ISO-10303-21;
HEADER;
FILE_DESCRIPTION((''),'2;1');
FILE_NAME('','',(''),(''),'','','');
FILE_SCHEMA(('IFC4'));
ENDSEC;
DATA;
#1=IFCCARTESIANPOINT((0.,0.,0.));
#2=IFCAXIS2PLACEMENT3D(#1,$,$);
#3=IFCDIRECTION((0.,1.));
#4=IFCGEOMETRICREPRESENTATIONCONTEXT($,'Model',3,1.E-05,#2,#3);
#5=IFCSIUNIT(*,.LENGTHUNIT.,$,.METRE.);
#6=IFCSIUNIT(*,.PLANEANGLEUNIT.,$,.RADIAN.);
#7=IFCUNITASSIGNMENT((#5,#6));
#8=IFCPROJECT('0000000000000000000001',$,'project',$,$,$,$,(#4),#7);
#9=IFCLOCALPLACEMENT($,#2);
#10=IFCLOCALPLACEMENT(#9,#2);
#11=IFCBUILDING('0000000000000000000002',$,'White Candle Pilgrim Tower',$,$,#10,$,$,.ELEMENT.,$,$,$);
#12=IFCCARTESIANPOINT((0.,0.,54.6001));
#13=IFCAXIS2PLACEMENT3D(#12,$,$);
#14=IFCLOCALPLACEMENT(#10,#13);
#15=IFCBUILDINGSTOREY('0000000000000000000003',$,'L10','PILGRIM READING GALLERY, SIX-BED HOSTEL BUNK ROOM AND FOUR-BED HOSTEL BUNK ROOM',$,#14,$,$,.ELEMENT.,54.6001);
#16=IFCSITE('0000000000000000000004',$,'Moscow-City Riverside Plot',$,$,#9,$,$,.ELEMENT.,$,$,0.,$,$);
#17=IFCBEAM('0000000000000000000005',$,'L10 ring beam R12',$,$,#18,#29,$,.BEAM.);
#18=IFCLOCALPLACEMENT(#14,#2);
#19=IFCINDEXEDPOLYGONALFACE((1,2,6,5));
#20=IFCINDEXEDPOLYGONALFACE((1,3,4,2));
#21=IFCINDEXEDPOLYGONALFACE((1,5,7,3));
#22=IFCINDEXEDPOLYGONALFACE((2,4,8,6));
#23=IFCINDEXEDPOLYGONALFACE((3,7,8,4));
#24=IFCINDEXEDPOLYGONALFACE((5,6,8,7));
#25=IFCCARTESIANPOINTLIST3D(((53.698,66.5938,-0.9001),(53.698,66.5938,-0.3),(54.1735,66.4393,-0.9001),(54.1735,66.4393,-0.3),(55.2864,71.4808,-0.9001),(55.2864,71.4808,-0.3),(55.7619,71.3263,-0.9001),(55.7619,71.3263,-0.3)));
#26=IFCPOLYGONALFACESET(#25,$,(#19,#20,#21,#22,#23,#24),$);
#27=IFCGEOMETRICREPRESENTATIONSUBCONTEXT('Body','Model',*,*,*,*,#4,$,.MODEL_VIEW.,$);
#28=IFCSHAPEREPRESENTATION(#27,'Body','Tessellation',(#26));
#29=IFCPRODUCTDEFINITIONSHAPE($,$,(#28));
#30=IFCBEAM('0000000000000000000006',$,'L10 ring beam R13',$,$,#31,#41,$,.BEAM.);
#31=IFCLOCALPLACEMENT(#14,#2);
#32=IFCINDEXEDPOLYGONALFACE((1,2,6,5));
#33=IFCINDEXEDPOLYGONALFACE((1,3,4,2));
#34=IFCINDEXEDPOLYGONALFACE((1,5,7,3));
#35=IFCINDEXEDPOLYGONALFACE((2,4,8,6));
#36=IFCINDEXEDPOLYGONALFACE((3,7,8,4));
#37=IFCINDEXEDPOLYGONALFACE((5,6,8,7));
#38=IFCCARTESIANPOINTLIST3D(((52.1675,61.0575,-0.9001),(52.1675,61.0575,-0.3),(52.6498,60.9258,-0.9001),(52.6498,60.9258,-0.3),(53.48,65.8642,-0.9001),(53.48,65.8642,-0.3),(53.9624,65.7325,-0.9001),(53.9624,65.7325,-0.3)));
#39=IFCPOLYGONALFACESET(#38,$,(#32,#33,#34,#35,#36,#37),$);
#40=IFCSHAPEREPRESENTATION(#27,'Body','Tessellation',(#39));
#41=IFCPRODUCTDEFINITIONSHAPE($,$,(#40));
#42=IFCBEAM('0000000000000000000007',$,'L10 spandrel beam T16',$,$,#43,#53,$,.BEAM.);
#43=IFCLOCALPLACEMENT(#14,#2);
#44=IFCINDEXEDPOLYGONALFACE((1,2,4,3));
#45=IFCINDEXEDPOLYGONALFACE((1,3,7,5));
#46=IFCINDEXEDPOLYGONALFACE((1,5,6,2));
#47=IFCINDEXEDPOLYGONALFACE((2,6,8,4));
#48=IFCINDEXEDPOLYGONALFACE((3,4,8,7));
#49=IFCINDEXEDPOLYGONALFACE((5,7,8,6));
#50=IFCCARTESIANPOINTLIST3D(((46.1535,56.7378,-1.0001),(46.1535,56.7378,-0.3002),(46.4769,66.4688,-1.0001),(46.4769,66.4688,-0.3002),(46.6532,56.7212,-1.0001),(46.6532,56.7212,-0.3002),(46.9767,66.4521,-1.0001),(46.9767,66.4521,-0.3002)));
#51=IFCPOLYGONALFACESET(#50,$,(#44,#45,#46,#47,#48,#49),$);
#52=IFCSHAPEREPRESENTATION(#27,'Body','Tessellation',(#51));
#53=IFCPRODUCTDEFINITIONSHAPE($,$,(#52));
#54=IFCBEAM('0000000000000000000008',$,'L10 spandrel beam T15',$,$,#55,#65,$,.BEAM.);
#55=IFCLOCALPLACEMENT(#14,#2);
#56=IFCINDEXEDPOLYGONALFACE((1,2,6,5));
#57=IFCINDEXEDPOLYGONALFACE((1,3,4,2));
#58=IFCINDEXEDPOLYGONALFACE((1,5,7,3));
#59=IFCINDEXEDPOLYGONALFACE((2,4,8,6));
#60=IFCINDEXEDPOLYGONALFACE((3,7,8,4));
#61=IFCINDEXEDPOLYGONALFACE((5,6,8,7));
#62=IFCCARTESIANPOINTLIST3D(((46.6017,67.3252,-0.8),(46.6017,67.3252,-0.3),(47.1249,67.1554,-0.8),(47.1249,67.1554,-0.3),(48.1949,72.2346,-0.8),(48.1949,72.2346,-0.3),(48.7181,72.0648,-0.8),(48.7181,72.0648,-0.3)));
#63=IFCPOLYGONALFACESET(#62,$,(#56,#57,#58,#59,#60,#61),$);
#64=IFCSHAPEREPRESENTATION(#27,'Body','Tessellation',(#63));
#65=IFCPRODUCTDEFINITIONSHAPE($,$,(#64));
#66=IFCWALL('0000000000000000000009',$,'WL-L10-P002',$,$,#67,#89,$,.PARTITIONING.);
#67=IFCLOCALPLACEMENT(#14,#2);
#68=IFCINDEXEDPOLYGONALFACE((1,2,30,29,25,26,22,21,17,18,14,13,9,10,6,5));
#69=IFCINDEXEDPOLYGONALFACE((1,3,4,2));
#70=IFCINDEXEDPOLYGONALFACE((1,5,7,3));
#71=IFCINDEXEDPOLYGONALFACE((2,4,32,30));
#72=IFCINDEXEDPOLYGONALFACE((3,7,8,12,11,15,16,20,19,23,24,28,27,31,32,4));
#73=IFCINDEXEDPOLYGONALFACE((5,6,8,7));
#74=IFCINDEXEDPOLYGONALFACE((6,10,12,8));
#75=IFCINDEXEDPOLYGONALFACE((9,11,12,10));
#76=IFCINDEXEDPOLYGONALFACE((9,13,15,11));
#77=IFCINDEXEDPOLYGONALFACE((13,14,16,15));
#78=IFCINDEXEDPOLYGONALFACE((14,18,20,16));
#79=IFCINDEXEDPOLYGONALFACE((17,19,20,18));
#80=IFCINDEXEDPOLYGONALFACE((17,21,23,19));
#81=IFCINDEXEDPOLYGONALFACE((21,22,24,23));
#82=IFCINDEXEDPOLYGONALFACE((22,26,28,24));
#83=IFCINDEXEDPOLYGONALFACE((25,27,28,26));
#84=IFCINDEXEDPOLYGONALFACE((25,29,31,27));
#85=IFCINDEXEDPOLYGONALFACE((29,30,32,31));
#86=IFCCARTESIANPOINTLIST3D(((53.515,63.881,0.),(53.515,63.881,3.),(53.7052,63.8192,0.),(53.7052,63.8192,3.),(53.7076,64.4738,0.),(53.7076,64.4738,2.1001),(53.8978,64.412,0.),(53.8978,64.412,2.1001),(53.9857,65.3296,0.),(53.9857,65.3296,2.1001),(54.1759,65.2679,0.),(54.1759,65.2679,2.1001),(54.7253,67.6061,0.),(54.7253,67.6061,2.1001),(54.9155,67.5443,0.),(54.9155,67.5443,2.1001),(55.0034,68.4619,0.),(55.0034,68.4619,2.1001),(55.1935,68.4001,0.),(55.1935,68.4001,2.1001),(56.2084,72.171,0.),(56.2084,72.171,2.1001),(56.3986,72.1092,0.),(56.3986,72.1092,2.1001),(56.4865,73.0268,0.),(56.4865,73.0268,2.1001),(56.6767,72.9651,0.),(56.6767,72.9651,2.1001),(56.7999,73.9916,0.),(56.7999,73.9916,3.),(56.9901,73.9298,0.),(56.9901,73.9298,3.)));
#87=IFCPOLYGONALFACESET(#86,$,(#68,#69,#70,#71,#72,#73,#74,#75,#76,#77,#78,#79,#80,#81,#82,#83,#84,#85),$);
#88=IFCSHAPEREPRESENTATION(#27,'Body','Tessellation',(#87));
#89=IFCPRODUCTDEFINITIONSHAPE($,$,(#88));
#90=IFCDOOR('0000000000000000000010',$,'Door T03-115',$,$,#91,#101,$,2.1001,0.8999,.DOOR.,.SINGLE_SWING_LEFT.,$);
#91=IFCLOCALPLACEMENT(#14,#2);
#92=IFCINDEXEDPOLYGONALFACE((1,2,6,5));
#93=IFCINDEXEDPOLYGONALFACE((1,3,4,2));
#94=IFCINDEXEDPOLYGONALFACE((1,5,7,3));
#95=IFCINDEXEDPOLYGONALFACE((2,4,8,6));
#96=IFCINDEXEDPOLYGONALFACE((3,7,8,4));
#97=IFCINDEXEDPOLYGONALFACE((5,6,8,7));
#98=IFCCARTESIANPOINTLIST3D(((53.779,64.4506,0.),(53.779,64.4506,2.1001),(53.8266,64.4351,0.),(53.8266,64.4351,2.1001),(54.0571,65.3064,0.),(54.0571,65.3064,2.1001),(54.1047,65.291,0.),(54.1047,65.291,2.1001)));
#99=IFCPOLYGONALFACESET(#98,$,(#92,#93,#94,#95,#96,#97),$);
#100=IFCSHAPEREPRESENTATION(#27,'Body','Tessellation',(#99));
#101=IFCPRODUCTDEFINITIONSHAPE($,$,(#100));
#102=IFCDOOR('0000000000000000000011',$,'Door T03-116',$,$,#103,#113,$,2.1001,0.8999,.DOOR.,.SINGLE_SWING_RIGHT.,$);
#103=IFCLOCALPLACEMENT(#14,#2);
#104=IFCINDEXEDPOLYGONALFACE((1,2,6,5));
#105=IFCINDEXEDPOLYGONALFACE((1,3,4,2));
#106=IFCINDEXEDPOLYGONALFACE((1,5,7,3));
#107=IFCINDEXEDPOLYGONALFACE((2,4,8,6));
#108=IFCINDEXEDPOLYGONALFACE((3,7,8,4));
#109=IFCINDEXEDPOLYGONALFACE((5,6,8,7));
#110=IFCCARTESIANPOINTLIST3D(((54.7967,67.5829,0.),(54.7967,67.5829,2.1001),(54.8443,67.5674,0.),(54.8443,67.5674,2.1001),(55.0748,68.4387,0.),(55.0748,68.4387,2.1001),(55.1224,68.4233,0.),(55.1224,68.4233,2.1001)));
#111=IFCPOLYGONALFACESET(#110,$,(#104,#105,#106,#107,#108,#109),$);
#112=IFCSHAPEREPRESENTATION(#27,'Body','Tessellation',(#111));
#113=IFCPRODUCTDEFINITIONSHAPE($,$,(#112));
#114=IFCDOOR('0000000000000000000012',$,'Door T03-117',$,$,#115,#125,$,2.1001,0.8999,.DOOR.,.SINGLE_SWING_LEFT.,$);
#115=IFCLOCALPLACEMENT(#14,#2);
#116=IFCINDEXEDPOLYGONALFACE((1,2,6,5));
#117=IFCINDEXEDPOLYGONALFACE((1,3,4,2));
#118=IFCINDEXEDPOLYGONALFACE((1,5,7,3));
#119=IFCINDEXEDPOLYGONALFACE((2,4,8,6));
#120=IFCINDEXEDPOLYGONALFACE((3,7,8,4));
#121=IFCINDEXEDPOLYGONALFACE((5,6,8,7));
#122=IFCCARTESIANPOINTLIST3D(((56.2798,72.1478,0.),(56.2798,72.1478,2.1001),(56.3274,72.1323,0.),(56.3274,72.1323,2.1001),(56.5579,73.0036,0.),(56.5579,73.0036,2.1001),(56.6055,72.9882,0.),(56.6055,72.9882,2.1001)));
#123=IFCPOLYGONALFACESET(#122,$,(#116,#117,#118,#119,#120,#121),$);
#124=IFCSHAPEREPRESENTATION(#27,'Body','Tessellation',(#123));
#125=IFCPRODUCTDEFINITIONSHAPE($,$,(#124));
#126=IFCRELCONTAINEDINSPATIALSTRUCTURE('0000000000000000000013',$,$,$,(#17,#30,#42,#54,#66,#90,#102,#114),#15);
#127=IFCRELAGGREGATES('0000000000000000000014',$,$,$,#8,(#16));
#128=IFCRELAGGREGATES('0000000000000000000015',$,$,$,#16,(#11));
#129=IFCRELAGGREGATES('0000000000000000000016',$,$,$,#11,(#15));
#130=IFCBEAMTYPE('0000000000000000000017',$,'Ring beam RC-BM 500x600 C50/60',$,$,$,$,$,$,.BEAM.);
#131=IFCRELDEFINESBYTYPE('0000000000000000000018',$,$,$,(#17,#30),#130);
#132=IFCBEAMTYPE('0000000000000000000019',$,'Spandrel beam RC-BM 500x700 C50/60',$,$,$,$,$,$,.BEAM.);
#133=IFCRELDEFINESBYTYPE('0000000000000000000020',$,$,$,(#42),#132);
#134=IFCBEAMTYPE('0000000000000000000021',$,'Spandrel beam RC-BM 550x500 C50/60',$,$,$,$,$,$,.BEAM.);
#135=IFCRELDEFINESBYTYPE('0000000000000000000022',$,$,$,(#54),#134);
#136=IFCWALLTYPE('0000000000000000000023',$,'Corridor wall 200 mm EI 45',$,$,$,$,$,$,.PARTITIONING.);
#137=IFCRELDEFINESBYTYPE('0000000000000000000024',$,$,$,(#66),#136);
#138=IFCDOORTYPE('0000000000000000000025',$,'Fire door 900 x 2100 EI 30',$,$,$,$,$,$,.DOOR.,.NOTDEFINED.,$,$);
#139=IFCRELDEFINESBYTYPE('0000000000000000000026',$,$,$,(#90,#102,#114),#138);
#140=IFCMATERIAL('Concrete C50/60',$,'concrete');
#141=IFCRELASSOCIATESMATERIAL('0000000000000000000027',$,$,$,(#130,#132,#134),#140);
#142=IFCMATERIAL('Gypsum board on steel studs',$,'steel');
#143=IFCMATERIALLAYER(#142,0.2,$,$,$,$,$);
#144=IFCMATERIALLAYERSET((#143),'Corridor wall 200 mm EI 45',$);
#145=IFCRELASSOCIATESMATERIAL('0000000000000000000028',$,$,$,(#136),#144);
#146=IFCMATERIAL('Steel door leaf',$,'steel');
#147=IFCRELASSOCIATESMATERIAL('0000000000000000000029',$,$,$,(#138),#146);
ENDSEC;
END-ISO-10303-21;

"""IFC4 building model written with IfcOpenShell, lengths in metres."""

from ifc_helpers import new_model, si_unit, direction, frame, frame_2d, origin, origin_2d, place, context, subcontext, project, spatial, rectangle, extrude, material, layer, layer_set, material_profile, profile_set, type_object, element, fill, save


model = new_model("IFC4")

# Units and contexts
model_context = context("Model", 3, precision=1e-05, world=origin(), true_north=direction((0.0, 1.0)))
body_context = subcontext(model_context, "Body", "Model", "MODEL_VIEW")
ifc_project = project(units=[si_unit("LENGTHUNIT", "METRE"), si_unit("PLANEANGLEUNIT", "RADIAN")], contexts=[model_context])

# Site, building, storey
site_placement = place(None, origin())
site = spatial("IfcSite", under=ifc_project, at=site_placement, Name="Moscow-City Riverside Plot", CompositionType="ELEMENT", RefElevation=0.0)
building_placement = place(site_placement, origin())
building = spatial("IfcBuilding", under=site, at=building_placement, Name="White Candle Pilgrim Tower", CompositionType="ELEMENT")
storey_placement = place(building_placement, frame((0.0, 0.0, 54.6001)))
storey = spatial("IfcBuildingStorey", under=building, at=storey_placement, Name="L10", Description="PILGRIM READING GALLERY, SIX-BED HOSTEL BUNK ROOM AND FOUR-BED HOSTEL BUNK ROOM", CompositionType="ELEMENT", Elevation=54.6001)

# Beams
ifc_material_1 = material(Name="Concrete C50/60", Category="concrete")
ifc_material_profile_1 = material_profile(ifc_material_1, rectangle(XDim=0.5, YDim=0.6001, at=origin_2d()), Name="RC-BM 500x600")
ifc_profile_set_1 = profile_set([ifc_material_profile_1], Name="Concrete C50/60")
beam_type_1 = type_object("IfcBeamType", Name="Ring beam RC-BM 500x600 C50/60", PredefinedType="BEAM", material=ifc_profile_set_1)
beam_1_placement = place(storey_placement, frame((55.5242, 71.4036, -0.6001), z_axis=(-0.309106, -0.951027, 0.0), x_axis=(0.951027, -0.309106, 0.0)))
element("IfcBeam", 1, at=beam_1_placement, inside=storey, type_object=beam_type_1, Name="L10 ring beam R12", PredefinedType="BEAM", context=body_context, shape_type="SweptSolid", body=[
    extrude(rectangle(XDim=0.5, YDim=0.6001, at=origin_2d()), origin(), (0.0, 0.0, 1.0), 5.1387),
])
beam_2_placement = place(storey_placement, frame((53.7212, 65.7983, -0.6001), z_axis=(-0.263416, -0.964682, 0.0), x_axis=(0.964682, -0.263416, 0.0)))
element("IfcBeam", 2, at=beam_2_placement, inside=storey, type_object=beam_type_1, Name="L10 ring beam R13", PredefinedType="BEAM", context=body_context, shape_type="SweptSolid", body=[
    extrude(rectangle(XDim=0.5, YDim=0.6001, at=origin_2d()), origin(), (0.0, 0.0, 1.0), 4.9827),
])
ifc_material_profile_2 = material_profile(ifc_material_1, rectangle(XDim=0.5, YDim=0.7, at=origin_2d()), Name="RC-BM 500x700")
ifc_profile_set_2 = profile_set([ifc_material_profile_2], Name="Concrete C50/60")
beam_type_2 = type_object("IfcBeamType", Name="Spandrel beam RC-BM 500x700 C50/60", PredefinedType="BEAM", material=ifc_profile_set_2)
beam_3_placement = place(storey_placement, frame((46.7268, 66.4604, -0.6501), z_axis=(-0.033225, -0.999448, 0.0), x_axis=(0.999448, -0.033225, 0.0)))
element("IfcBeam", 3, at=beam_3_placement, inside=storey, type_object=beam_type_2, Name="L10 spandrel beam T16", PredefinedType="BEAM", context=body_context, shape_type="SweptSolid", body=[
    extrude(rectangle(XDim=0.5, YDim=0.7, at=origin_2d()), origin(), (0.0, 0.0, 1.0), 9.7363),
])
ifc_material_profile_3 = material_profile(ifc_material_1, rectangle(XDim=0.55, YDim=0.5, at=origin_2d()), Name="RC-BM 550x500")
ifc_profile_set_3 = profile_set([ifc_material_profile_3], Name="Concrete C50/60")
beam_type_3 = type_object("IfcBeamType", Name="Spandrel beam RC-BM 550x500 C50/60", PredefinedType="BEAM", material=ifc_profile_set_3)
beam_4_placement = place(storey_placement, frame((48.4565, 72.1497, -0.55), z_axis=(-0.308683, -0.951165, 0.0), x_axis=(0.951165, -0.308683, 0.0)))
element("IfcBeam", 4, at=beam_4_placement, inside=storey, type_object=beam_type_3, Name="L10 spandrel beam T15", PredefinedType="BEAM", context=body_context, shape_type="SweptSolid", body=[
    extrude(rectangle(XDim=0.55, YDim=0.5, at=origin_2d()), origin(), (0.0, 0.0, 1.0), 5.1614),
])

# Wall, openings, doors
ifc_material_2 = material(Name="Gypsum board on steel studs", Category="steel")
ifc_layer_1 = layer(ifc_material_2, 0.2)
ifc_layer_set_1 = layer_set([ifc_layer_1], Name="Corridor wall 200 mm EI 45")
wall_type_1 = type_object("IfcWallType", Name="Corridor wall 200 mm EI 45", PredefinedType="PARTITIONING", material=ifc_layer_set_1)
wall_1_placement = place(storey_placement, frame((53.6101, 63.8501, 0.0), z_axis=(0.0, 0.0, 1.0), x_axis=(0.308998, 0.951063, 0.0)))
wall_1 = element("IfcWall", 5, at=wall_1_placement, inside=storey, type_object=wall_type_1, Name="WL-L10-P002", PredefinedType="PARTITIONING", context=body_context, shape_type="SweptSolid", body=[
    extrude(rectangle(XDim=10.6309, YDim=0.2, at=frame_2d((5.3154, 0.0))), origin(), (0.0, 0.0, 1.0), 3.0),
])
opening_1_placement = place(wall_1_placement, frame((0.6233, 0.0, 0.0)))
opening_1 = element("IfcOpeningElement", 6, at=opening_1_placement, cuts=wall_1, PredefinedType="OPENING", context=body_context, shape_type="SweptSolid", body=[
    extrude(rectangle(XDim=0.8999, YDim=2.1001, at=frame_2d((0.45, 1.05))), frame((0.0, 0.1099, 0.0), z_axis=(0.0, -1.0, 0.0), x_axis=(1.0, 0.0, 0.0)), (0.0, 0.0, 1.0), 0.22),
])
opening_2_placement = place(wall_1_placement, frame((3.9167, 0.0, 0.0)))
opening_2 = element("IfcOpeningElement", 7, at=opening_2_placement, cuts=wall_1, PredefinedType="OPENING", context=body_context, shape_type="SweptSolid", body=[
    extrude(rectangle(XDim=0.8999, YDim=2.1001, at=frame_2d((0.45, 1.05))), frame((0.0, 0.1099, 0.0), z_axis=(0.0, -1.0, 0.0), x_axis=(1.0, 0.0, 0.0)), (0.0, 0.0, 1.0), 0.22),
])
opening_3_placement = place(wall_1_placement, frame((8.7166, 0.0, 0.0)))
opening_3 = element("IfcOpeningElement", 8, at=opening_3_placement, cuts=wall_1, PredefinedType="OPENING", context=body_context, shape_type="SweptSolid", body=[
    extrude(rectangle(XDim=0.8999, YDim=2.1001, at=frame_2d((0.45, 1.05))), frame((0.0, 0.1099, 0.0), z_axis=(0.0, -1.0, 0.0), x_axis=(1.0, 0.0, 0.0)), (0.0, 0.0, 1.0), 0.22),
])
ifc_material_3 = material(Name="Steel door leaf", Category="steel")
door_type_1 = type_object("IfcDoorType", Name="Fire door 900 x 2100 EI 30", OperationType="NOTDEFINED", PredefinedType="DOOR", material=ifc_material_3)
door_1_placement = place(opening_1_placement, origin())
door_1 = element("IfcDoor", 9, at=door_1_placement, inside=storey, type_object=door_type_1, Name="Door T03-115", OperationType="SINGLE_SWING_LEFT", OverallHeight=2.1001, OverallWidth=0.8999, PredefinedType="DOOR", context=body_context, shape_type="SweptSolid", body=[
    extrude(rectangle(XDim=0.8999, YDim=2.1001, at=frame_2d((0.45, 1.05))), frame((0.0, 0.0249, 0.0), z_axis=(0.0, -1.0, 0.0), x_axis=(1.0, 0.0, 0.0)), (0.0, 0.0, 1.0), 0.05),
])
fill(opening_1, door_1)
door_2_placement = place(opening_2_placement, origin())
door_2 = element("IfcDoor", 10, at=door_2_placement, inside=storey, type_object=door_type_1, Name="Door T03-116", OperationType="SINGLE_SWING_RIGHT", OverallHeight=2.1001, OverallWidth=0.8999, PredefinedType="DOOR", context=body_context, shape_type="SweptSolid", body=[
    extrude(rectangle(XDim=0.8999, YDim=2.1001, at=frame_2d((0.45, 1.05))), frame((0.0, 0.0249, 0.0), z_axis=(0.0, -1.0, 0.0), x_axis=(1.0, 0.0, 0.0)), (0.0, 0.0, 1.0), 0.05),
])
fill(opening_2, door_2)
door_3_placement = place(opening_3_placement, origin())
door_3 = element("IfcDoor", 11, at=door_3_placement, inside=storey, type_object=door_type_1, Name="Door T03-117", OperationType="SINGLE_SWING_LEFT", OverallHeight=2.1001, OverallWidth=0.8999, PredefinedType="DOOR", context=body_context, shape_type="SweptSolid", body=[
    extrude(rectangle(XDim=0.8999, YDim=2.1001, at=frame_2d((0.45, 1.05))), frame((0.0, 0.0249, 0.0), z_axis=(0.0, -1.0, 0.0), x_axis=(1.0, 0.0, 0.0)), (0.0, 0.0, 1.0), 0.05),
])
fill(opening_3, door_3)

save(model, "model.ifc")
